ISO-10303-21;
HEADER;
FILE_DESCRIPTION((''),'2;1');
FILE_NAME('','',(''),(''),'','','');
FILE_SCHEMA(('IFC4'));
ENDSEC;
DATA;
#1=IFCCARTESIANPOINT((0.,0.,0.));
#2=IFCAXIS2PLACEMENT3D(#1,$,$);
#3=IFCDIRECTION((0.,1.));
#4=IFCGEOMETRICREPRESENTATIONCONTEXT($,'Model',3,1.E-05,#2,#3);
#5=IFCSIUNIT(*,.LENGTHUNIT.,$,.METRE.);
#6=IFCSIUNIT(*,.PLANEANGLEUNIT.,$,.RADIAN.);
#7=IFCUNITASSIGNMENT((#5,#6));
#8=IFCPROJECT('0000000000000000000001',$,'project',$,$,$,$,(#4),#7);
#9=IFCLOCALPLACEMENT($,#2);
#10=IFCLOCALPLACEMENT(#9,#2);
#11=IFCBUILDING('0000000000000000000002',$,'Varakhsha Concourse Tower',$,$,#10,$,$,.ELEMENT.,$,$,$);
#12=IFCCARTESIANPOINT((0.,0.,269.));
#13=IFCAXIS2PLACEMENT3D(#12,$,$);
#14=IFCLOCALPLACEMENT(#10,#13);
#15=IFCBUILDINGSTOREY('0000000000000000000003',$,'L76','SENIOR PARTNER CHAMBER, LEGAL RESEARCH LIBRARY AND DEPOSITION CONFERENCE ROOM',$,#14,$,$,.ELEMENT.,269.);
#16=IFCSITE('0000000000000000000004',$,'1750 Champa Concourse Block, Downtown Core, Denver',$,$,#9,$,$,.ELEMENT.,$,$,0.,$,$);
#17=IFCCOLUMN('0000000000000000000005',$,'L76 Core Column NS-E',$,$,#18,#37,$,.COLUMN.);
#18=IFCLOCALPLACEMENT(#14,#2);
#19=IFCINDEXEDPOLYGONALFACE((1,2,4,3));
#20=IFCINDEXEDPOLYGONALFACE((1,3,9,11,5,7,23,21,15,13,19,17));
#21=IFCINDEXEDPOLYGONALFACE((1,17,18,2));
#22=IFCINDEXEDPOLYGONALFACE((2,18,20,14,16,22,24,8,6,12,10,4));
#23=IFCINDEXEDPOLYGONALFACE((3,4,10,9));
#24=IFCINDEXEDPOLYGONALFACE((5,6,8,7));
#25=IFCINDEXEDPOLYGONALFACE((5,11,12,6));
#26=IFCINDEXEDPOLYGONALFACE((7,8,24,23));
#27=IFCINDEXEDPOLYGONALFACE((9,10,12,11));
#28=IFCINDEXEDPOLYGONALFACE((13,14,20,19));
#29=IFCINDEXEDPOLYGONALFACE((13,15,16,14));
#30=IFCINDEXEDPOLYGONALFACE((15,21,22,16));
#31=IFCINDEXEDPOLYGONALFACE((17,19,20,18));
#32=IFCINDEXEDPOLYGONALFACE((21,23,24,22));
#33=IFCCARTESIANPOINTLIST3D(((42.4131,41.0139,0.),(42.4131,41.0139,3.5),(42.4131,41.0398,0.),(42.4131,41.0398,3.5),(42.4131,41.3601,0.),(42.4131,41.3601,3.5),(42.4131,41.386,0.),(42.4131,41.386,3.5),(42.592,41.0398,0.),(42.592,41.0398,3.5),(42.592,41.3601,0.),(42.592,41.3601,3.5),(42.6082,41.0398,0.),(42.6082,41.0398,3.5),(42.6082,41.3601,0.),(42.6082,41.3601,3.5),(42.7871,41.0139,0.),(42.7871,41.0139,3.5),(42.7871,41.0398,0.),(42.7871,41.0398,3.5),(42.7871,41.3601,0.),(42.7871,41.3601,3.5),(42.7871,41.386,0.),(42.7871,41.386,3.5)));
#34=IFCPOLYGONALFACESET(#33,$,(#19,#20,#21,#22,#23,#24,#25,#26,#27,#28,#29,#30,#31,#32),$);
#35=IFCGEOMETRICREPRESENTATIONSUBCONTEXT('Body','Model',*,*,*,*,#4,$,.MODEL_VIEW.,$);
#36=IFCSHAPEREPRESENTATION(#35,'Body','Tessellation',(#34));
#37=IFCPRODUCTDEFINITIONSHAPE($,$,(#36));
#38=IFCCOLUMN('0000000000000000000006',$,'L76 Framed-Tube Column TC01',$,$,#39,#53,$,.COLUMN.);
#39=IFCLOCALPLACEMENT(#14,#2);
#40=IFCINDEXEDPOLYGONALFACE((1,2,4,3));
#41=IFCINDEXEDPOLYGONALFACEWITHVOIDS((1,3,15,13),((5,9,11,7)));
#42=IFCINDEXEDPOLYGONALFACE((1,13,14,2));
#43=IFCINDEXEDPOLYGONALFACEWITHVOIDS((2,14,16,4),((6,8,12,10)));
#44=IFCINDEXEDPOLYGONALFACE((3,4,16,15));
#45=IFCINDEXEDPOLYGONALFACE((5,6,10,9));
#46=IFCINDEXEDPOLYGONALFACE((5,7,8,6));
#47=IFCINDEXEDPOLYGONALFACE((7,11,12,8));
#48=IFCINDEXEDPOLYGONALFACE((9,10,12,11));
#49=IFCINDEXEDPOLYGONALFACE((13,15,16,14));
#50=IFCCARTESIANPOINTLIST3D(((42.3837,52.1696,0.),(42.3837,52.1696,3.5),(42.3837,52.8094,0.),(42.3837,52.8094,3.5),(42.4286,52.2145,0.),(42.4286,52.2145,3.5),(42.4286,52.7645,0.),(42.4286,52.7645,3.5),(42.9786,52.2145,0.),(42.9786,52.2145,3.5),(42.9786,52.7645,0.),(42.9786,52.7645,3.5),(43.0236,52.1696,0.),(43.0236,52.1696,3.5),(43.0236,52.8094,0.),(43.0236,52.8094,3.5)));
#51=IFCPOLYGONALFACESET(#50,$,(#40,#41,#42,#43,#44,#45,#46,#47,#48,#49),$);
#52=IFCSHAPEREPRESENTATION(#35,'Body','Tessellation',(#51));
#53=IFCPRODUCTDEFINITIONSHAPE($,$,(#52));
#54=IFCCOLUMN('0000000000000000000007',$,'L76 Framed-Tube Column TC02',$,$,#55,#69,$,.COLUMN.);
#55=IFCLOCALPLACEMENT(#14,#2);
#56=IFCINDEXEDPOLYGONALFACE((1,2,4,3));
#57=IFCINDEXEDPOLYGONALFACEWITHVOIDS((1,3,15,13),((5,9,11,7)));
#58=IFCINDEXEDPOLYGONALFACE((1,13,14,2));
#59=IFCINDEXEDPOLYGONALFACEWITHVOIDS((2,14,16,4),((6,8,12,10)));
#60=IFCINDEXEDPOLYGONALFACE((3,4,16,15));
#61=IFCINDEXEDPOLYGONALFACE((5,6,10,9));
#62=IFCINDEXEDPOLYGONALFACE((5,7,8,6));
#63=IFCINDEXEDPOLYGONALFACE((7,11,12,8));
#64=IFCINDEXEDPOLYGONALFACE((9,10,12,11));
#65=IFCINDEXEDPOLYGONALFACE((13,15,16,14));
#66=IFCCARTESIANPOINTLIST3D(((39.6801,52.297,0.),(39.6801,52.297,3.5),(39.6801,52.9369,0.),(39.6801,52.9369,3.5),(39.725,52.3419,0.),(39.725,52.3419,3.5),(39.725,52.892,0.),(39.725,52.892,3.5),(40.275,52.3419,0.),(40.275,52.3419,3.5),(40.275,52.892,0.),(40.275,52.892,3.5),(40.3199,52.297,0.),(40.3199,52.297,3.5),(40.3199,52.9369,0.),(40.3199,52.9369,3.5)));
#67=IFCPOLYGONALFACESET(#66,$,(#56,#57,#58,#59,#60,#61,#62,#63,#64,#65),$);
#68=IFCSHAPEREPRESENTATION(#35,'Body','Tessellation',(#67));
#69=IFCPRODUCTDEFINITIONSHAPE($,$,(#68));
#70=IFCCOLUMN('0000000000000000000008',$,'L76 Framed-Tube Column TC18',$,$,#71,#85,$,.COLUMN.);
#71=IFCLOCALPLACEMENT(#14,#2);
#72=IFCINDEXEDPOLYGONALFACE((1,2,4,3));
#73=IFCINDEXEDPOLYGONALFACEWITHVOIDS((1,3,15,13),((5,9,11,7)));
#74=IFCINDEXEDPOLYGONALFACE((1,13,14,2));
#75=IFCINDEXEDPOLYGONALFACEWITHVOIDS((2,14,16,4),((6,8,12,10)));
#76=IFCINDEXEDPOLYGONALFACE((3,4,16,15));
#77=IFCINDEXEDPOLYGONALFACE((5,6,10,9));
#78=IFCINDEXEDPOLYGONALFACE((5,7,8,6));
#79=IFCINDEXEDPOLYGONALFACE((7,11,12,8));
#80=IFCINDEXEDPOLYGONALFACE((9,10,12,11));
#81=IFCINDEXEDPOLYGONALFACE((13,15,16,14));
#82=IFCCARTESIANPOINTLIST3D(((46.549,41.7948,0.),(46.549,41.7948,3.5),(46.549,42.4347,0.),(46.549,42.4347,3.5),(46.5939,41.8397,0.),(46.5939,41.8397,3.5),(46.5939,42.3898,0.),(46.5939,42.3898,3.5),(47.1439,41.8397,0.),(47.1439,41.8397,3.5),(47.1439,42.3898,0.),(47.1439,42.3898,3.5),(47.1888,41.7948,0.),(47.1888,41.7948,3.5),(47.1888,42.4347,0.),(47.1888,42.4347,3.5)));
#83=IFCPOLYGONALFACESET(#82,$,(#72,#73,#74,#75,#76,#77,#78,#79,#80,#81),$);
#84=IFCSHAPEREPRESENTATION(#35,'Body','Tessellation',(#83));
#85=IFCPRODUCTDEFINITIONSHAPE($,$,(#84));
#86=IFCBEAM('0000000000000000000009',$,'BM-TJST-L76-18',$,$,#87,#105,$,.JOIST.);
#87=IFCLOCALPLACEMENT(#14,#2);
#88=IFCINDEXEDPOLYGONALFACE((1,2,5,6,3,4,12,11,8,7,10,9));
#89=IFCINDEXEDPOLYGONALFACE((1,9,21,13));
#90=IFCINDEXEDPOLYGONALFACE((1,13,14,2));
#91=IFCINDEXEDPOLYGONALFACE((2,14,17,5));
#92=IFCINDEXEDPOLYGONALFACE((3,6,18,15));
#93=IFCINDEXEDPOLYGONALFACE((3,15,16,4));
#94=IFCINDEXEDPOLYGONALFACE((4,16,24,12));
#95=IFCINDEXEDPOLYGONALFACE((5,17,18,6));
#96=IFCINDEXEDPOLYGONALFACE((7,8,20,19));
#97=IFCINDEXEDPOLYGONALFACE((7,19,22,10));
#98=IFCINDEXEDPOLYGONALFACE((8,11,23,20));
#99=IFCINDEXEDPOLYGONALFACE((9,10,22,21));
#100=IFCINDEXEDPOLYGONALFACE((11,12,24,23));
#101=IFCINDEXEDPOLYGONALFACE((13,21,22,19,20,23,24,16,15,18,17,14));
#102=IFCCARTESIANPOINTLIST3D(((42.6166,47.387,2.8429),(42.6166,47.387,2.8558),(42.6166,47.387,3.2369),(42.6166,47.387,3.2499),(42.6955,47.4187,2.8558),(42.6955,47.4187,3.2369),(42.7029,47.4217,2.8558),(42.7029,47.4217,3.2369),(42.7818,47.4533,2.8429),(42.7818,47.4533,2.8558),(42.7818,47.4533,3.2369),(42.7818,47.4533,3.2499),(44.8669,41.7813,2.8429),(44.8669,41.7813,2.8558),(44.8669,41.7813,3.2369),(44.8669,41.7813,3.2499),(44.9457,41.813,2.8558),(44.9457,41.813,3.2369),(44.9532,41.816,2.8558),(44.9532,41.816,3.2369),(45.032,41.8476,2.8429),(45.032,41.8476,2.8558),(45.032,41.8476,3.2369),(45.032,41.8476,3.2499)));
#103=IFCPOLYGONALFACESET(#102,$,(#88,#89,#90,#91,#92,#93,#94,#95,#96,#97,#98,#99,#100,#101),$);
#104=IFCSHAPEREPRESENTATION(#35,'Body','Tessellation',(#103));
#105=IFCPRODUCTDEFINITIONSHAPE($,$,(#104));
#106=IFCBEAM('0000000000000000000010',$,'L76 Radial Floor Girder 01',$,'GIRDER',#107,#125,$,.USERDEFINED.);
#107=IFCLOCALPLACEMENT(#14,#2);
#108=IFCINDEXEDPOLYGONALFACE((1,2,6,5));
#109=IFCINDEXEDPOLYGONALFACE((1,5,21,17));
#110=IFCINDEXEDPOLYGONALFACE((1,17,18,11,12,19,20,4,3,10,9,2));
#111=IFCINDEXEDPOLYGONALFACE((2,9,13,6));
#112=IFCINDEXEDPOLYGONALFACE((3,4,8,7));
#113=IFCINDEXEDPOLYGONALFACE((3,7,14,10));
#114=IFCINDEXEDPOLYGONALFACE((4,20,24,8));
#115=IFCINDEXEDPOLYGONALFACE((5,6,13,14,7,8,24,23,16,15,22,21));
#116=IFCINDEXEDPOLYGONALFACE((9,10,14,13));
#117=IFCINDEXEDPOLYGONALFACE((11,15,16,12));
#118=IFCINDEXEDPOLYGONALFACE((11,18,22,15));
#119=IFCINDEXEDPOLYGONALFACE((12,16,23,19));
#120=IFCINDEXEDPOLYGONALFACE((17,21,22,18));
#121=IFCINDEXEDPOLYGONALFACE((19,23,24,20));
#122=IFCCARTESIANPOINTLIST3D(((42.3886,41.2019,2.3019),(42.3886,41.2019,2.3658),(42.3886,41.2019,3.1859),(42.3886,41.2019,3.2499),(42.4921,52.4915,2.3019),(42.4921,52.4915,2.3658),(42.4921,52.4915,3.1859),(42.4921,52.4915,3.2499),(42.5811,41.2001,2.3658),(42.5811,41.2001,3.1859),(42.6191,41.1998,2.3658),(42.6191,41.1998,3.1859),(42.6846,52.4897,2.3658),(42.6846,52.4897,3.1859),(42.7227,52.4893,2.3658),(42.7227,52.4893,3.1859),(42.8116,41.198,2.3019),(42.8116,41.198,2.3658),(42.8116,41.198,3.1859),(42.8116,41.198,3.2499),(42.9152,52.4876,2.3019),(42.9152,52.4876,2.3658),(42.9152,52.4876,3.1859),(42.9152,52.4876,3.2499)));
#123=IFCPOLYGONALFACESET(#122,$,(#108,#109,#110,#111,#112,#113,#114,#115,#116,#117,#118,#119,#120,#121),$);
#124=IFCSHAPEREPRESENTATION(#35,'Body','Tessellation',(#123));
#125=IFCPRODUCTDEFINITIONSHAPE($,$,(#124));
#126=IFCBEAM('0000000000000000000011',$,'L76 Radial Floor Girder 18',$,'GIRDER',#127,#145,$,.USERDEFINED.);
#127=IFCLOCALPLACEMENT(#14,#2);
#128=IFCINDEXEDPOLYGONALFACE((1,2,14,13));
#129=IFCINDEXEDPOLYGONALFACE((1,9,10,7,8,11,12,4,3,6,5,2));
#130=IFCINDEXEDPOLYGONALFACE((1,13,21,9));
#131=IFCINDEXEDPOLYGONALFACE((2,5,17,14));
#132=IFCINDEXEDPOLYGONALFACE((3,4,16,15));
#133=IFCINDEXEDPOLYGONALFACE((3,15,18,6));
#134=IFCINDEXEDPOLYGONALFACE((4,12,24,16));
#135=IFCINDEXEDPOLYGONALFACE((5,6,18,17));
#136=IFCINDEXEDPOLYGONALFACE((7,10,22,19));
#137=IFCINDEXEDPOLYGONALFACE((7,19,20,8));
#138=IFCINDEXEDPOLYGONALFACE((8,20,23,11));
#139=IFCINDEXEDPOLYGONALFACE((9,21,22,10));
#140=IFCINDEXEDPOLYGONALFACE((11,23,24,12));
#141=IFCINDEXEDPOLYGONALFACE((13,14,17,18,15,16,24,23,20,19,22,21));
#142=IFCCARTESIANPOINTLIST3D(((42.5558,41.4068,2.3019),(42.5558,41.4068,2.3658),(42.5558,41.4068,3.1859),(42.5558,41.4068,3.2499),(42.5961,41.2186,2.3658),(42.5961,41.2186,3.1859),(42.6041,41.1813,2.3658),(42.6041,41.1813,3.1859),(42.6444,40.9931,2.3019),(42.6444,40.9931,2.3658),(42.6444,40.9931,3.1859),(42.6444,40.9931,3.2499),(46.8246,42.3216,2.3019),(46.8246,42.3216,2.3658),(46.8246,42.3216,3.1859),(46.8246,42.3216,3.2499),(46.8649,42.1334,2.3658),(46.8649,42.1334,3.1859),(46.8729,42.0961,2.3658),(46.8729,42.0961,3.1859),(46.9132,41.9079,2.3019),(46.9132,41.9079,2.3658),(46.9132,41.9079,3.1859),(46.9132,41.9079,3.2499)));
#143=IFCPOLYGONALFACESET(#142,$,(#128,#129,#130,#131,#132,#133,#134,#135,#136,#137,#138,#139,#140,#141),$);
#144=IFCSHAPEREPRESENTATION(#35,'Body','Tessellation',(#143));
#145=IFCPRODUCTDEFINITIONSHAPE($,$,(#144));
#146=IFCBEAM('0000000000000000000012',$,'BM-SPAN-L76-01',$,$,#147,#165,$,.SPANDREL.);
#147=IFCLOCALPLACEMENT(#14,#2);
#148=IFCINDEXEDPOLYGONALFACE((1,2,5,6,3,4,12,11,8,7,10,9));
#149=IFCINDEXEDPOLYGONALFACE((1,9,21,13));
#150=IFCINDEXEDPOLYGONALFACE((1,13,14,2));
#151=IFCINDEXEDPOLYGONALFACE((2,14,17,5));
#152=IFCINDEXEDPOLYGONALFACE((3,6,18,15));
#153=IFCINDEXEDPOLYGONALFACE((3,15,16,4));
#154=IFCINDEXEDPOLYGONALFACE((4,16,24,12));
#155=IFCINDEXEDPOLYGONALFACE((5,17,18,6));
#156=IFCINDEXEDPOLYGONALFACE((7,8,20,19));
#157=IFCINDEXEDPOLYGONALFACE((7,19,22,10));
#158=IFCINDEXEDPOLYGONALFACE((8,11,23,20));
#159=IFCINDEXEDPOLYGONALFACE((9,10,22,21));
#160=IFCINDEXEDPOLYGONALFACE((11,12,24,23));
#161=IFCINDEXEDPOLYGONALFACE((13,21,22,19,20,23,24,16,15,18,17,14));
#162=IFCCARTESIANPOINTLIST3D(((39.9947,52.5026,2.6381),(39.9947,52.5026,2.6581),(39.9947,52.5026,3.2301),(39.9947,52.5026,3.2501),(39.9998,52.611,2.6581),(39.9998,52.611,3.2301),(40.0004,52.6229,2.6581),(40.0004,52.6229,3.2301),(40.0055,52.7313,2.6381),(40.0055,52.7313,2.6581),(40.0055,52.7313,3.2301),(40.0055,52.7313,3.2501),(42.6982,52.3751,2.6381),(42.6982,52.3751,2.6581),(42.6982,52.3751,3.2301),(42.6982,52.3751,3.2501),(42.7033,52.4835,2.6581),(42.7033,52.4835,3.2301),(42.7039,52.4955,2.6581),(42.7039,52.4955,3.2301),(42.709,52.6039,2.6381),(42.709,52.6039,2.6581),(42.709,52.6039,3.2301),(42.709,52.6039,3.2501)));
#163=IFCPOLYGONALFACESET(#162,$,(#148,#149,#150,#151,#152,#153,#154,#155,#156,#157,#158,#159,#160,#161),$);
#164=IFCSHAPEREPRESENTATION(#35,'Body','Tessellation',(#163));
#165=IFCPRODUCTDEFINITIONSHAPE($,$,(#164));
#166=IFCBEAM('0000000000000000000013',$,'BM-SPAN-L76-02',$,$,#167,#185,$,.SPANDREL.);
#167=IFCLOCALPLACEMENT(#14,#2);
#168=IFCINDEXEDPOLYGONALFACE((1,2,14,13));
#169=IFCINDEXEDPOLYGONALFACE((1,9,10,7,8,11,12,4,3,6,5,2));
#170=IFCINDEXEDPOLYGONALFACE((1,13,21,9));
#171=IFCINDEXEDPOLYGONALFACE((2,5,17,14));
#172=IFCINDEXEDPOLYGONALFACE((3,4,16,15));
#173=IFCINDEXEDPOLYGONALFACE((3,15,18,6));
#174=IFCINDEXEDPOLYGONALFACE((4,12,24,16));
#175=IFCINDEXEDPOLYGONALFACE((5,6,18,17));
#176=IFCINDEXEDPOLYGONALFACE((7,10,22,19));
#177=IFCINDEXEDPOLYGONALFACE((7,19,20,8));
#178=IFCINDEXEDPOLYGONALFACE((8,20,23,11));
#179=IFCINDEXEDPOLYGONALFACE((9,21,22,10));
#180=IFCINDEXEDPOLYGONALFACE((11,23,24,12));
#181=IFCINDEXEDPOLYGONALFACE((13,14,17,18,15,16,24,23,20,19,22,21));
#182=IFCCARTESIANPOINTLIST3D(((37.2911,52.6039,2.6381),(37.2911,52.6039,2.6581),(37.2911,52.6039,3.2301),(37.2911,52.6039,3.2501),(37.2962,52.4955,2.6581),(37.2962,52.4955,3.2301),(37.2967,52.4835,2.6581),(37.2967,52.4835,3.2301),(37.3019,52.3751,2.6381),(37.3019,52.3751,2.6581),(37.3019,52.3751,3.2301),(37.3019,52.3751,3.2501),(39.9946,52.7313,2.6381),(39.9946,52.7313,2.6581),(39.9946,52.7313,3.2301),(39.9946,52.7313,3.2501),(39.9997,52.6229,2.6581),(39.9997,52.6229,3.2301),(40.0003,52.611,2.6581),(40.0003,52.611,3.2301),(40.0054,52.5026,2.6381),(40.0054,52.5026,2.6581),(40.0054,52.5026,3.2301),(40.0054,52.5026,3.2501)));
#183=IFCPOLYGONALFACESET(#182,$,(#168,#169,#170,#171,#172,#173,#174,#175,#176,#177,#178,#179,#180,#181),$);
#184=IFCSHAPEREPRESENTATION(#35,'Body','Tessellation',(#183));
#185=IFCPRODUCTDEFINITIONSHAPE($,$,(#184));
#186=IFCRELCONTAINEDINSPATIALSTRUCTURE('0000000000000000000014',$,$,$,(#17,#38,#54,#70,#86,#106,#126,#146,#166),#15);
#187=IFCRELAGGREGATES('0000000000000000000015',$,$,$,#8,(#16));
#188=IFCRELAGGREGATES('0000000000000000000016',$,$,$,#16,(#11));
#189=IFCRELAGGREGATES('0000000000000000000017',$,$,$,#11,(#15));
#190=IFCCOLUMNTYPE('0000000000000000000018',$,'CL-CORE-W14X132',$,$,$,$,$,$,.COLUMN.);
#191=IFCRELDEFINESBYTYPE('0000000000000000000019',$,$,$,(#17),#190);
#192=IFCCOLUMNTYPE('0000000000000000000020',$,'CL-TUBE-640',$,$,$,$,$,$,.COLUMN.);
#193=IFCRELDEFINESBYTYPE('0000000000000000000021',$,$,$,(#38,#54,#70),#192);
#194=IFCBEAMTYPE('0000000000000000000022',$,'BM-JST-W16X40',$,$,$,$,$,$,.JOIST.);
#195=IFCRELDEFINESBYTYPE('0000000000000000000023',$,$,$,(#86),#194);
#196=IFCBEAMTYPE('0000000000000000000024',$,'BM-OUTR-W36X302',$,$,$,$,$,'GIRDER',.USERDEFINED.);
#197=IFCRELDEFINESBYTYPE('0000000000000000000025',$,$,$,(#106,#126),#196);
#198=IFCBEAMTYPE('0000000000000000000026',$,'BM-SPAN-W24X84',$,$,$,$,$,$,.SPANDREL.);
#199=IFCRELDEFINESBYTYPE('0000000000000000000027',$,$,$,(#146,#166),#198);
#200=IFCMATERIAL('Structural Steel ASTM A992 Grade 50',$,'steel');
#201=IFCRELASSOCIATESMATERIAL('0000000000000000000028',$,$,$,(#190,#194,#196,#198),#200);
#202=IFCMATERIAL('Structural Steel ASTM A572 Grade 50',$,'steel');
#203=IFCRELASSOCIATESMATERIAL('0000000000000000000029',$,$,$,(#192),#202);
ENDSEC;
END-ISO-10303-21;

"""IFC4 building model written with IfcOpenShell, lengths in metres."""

from ifc_helpers import new_model, si_unit, direction, frame, origin, origin_2d, place, context, subcontext, project, spatial, hollow_rectangle, i_section, extrude, material, material_profile, profile_set, type_object, element, save


model = new_model("IFC4")

# Units and contexts
model_context = context("Model", 3, precision=1e-05, world=origin(), true_north=direction((0.0, 1.0)))
body_context = subcontext(model_context, "Body", "Model", "MODEL_VIEW")
ifc_project = project(units=[si_unit("LENGTHUNIT", "METRE"), si_unit("PLANEANGLEUNIT", "RADIAN")], contexts=[model_context])

# Site, building, storey
site_placement = place(None, origin())
site = spatial("IfcSite", under=ifc_project, at=site_placement, Name="1750 Champa Concourse Block, Downtown Core, Denver", CompositionType="ELEMENT", RefElevation=0.0)
building_placement = place(site_placement, origin())
building = spatial("IfcBuilding", under=site, at=building_placement, Name="Varakhsha Concourse Tower", CompositionType="ELEMENT")
storey_placement = place(building_placement, frame((0.0, 0.0, 269.0)))
storey = spatial("IfcBuildingStorey", under=building, at=storey_placement, Name="L76", Description="SENIOR PARTNER CHAMBER, LEGAL RESEARCH LIBRARY AND DEPOSITION CONFERENCE ROOM", CompositionType="ELEMENT", Elevation=269.0)

# Columns
ifc_material_1 = material(Name="Structural Steel ASTM A992 Grade 50", Category="steel")
ifc_material_profile_1 = material_profile(ifc_material_1, i_section(OverallWidth=0.374, OverallDepth=0.3721, WebThickness=0.0161, FlangeThickness=0.0259, at=origin_2d()), Name="W14X132")
ifc_profile_set_1 = profile_set([ifc_material_profile_1], Name="Structural Steel ASTM A992 Grade 50")
column_type_1 = type_object("IfcColumnType", Name="CL-CORE-W14X132", PredefinedType="COLUMN", material=ifc_profile_set_1)
column_placement = place(storey_placement, frame((42.6001, 41.2, 0.0), z_axis=(0.0, 0.0, 1.0), x_axis=(1.0, 0.0, 0.0)))
element("IfcColumn", 1, at=column_placement, inside=storey, type_object=column_type_1, Name="L76 Core Column NS-E", PredefinedType="COLUMN", context=body_context, shape_type="SweptSolid", body=[
    extrude(i_section(OverallWidth=0.374, OverallDepth=0.3721, WebThickness=0.0161, FlangeThickness=0.0259, at=origin_2d()), origin(), (0.0, 0.0, 1.0), 3.5),
])
ifc_material_2 = material(Name="Structural Steel ASTM A572 Grade 50", Category="steel")
ifc_material_profile_2 = material_profile(ifc_material_2, hollow_rectangle(XDim=0.6399, YDim=0.6399, WallThickness=0.0449, at=origin_2d()), Name="BOX 640x640x45")
ifc_profile_set_2 = profile_set([ifc_material_profile_2], Name="Structural Steel ASTM A572 Grade 50")
column_type_2 = type_object("IfcColumnType", Name="CL-TUBE-640", PredefinedType="COLUMN", material=ifc_profile_set_2)
for number, where, z_axis, x_axis, name in (
    (2, (42.7036, 52.4895, 0.0), (0.0, 0.0, 1.0), (1.0, 0.0, 0.0), "L76 Framed-Tube Column TC01"),
    (3, (40.0, 52.6169, 0.0), (0.0, 0.0, 1.0), (1.0, 0.0, 0.0), "L76 Framed-Tube Column TC02"),
    (4, (46.8689, 42.1147, 0.0), (0.0, 0.0, 1.0), (1.0, 0.0, 0.0), "L76 Framed-Tube Column TC18"),
):
    element("IfcColumn", number, at=place(storey_placement, frame(where, z_axis=z_axis, x_axis=x_axis)), inside=storey, type_object=column_type_2, Name=name, PredefinedType="COLUMN", context=body_context, shape_type="SweptSolid", body=[
        extrude(hollow_rectangle(XDim=0.6399, YDim=0.6399, WallThickness=0.0449, at=origin_2d()), origin(), (0.0, 0.0, 1.0), 3.5),
    ])

# Beams
ifc_material_profile_3 = material_profile(ifc_material_1, i_section(OverallWidth=0.178, OverallDepth=0.407, WebThickness=0.0081, FlangeThickness=0.0129, at=origin_2d()), Name="W16X40")
ifc_profile_set_3 = profile_set([ifc_material_profile_3], Name="Structural Steel ASTM A992 Grade 50")
beam_type_1 = type_object("IfcBeamType", Name="BM-JST-W16X40", PredefinedType="JOIST", material=ifc_profile_set_3)
beam_1_placement = place(storey_placement, frame((44.9495, 41.8145, 3.0464), z_axis=(-0.372526, 0.928022, 0.0), x_axis=(-0.928022, -0.372526, 0.0)))
element("IfcBeam", 5, at=beam_1_placement, inside=storey, type_object=beam_type_1, Name="BM-TJST-L76-18", PredefinedType="JOIST", context=body_context, shape_type="SweptSolid", body=[
    extrude(i_section(OverallWidth=0.178, OverallDepth=0.407, WebThickness=0.0081, FlangeThickness=0.0129, at=origin_2d()), origin(), (0.0, 0.0, 1.0), 6.0405),
])
ifc_material_profile_4 = material_profile(ifc_material_1, i_section(OverallWidth=0.4231, OverallDepth=0.948, WebThickness=0.0381, FlangeThickness=0.064, at=origin_2d()), Name="W36X302")
ifc_profile_set_4 = profile_set([ifc_material_profile_4], Name="Structural Steel ASTM A992 Grade 50")
beam_type_2 = type_object("IfcBeamType", Name="BM-OUTR-W36X302", ElementType="GIRDER", PredefinedType="USERDEFINED", material=ifc_profile_set_4)
beam_2_placement = place(storey_placement, frame((42.6001, 41.2, 2.7759), z_axis=(0.009169, 0.999958, 0.0), x_axis=(-0.999958, 0.009169, 0.0)))
element("IfcBeam", 6, at=beam_2_placement, inside=storey, type_object=beam_type_2, Name="L76 Radial Floor Girder 01", ObjectType="GIRDER", PredefinedType="USERDEFINED", context=body_context, shape_type="SweptSolid", body=[
    extrude(i_section(OverallWidth=0.4231, OverallDepth=0.948, WebThickness=0.0381, FlangeThickness=0.064, at=origin_2d()), origin(), (0.0, 0.0, 1.0), 11.29),
])
beam_3_placement = place(storey_placement, frame((42.6001, 41.2, 2.7759), z_axis=(0.9778, 0.209541, 0.0), x_axis=(-0.209541, 0.9778, 0.0)))
element("IfcBeam", 7, at=beam_3_placement, inside=storey, type_object=beam_type_2, Name="L76 Radial Floor Girder 18", ObjectType="GIRDER", PredefinedType="USERDEFINED", context=body_context, shape_type="SweptSolid", body=[
    extrude(i_section(OverallWidth=0.4231, OverallDepth=0.948, WebThickness=0.0381, FlangeThickness=0.064, at=origin_2d()), origin(), (0.0, 0.0, 1.0), 4.3657),
])
ifc_material_profile_5 = material_profile(ifc_material_1, i_section(OverallWidth=0.229, OverallDepth=0.6121, WebThickness=0.012, FlangeThickness=0.02, at=origin_2d()), Name="W24X84")
ifc_profile_set_5 = profile_set([ifc_material_profile_5], Name="Structural Steel ASTM A992 Grade 50")
beam_type_3 = type_object("IfcBeamType", Name="BM-SPAN-W24X84", PredefinedType="SPANDREL", material=ifc_profile_set_5)
for number, where, z_axis, x_axis, name in (
    (8, (42.7036, 52.4895, 2.9441), (-0.998891, 0.047085, 0.0), (-0.047085, -0.998891, 0.0), "BM-SPAN-L76-01"),
    (9, (40.0, 52.6169, 2.9441), (-0.998891, -0.047085, 0.0), (0.047085, -0.998891, 0.0), "BM-SPAN-L76-02"),
):
    element("IfcBeam", number, at=place(storey_placement, frame(where, z_axis=z_axis, x_axis=x_axis)), inside=storey, type_object=beam_type_3, Name=name, PredefinedType="SPANDREL", context=body_context, shape_type="SweptSolid", body=[
        extrude(i_section(OverallWidth=0.229, OverallDepth=0.6121, WebThickness=0.012, FlangeThickness=0.02, at=origin_2d()), origin(), (0.0, 0.0, 1.0), 2.7065),
    ])

save(model, "model.ifc")
